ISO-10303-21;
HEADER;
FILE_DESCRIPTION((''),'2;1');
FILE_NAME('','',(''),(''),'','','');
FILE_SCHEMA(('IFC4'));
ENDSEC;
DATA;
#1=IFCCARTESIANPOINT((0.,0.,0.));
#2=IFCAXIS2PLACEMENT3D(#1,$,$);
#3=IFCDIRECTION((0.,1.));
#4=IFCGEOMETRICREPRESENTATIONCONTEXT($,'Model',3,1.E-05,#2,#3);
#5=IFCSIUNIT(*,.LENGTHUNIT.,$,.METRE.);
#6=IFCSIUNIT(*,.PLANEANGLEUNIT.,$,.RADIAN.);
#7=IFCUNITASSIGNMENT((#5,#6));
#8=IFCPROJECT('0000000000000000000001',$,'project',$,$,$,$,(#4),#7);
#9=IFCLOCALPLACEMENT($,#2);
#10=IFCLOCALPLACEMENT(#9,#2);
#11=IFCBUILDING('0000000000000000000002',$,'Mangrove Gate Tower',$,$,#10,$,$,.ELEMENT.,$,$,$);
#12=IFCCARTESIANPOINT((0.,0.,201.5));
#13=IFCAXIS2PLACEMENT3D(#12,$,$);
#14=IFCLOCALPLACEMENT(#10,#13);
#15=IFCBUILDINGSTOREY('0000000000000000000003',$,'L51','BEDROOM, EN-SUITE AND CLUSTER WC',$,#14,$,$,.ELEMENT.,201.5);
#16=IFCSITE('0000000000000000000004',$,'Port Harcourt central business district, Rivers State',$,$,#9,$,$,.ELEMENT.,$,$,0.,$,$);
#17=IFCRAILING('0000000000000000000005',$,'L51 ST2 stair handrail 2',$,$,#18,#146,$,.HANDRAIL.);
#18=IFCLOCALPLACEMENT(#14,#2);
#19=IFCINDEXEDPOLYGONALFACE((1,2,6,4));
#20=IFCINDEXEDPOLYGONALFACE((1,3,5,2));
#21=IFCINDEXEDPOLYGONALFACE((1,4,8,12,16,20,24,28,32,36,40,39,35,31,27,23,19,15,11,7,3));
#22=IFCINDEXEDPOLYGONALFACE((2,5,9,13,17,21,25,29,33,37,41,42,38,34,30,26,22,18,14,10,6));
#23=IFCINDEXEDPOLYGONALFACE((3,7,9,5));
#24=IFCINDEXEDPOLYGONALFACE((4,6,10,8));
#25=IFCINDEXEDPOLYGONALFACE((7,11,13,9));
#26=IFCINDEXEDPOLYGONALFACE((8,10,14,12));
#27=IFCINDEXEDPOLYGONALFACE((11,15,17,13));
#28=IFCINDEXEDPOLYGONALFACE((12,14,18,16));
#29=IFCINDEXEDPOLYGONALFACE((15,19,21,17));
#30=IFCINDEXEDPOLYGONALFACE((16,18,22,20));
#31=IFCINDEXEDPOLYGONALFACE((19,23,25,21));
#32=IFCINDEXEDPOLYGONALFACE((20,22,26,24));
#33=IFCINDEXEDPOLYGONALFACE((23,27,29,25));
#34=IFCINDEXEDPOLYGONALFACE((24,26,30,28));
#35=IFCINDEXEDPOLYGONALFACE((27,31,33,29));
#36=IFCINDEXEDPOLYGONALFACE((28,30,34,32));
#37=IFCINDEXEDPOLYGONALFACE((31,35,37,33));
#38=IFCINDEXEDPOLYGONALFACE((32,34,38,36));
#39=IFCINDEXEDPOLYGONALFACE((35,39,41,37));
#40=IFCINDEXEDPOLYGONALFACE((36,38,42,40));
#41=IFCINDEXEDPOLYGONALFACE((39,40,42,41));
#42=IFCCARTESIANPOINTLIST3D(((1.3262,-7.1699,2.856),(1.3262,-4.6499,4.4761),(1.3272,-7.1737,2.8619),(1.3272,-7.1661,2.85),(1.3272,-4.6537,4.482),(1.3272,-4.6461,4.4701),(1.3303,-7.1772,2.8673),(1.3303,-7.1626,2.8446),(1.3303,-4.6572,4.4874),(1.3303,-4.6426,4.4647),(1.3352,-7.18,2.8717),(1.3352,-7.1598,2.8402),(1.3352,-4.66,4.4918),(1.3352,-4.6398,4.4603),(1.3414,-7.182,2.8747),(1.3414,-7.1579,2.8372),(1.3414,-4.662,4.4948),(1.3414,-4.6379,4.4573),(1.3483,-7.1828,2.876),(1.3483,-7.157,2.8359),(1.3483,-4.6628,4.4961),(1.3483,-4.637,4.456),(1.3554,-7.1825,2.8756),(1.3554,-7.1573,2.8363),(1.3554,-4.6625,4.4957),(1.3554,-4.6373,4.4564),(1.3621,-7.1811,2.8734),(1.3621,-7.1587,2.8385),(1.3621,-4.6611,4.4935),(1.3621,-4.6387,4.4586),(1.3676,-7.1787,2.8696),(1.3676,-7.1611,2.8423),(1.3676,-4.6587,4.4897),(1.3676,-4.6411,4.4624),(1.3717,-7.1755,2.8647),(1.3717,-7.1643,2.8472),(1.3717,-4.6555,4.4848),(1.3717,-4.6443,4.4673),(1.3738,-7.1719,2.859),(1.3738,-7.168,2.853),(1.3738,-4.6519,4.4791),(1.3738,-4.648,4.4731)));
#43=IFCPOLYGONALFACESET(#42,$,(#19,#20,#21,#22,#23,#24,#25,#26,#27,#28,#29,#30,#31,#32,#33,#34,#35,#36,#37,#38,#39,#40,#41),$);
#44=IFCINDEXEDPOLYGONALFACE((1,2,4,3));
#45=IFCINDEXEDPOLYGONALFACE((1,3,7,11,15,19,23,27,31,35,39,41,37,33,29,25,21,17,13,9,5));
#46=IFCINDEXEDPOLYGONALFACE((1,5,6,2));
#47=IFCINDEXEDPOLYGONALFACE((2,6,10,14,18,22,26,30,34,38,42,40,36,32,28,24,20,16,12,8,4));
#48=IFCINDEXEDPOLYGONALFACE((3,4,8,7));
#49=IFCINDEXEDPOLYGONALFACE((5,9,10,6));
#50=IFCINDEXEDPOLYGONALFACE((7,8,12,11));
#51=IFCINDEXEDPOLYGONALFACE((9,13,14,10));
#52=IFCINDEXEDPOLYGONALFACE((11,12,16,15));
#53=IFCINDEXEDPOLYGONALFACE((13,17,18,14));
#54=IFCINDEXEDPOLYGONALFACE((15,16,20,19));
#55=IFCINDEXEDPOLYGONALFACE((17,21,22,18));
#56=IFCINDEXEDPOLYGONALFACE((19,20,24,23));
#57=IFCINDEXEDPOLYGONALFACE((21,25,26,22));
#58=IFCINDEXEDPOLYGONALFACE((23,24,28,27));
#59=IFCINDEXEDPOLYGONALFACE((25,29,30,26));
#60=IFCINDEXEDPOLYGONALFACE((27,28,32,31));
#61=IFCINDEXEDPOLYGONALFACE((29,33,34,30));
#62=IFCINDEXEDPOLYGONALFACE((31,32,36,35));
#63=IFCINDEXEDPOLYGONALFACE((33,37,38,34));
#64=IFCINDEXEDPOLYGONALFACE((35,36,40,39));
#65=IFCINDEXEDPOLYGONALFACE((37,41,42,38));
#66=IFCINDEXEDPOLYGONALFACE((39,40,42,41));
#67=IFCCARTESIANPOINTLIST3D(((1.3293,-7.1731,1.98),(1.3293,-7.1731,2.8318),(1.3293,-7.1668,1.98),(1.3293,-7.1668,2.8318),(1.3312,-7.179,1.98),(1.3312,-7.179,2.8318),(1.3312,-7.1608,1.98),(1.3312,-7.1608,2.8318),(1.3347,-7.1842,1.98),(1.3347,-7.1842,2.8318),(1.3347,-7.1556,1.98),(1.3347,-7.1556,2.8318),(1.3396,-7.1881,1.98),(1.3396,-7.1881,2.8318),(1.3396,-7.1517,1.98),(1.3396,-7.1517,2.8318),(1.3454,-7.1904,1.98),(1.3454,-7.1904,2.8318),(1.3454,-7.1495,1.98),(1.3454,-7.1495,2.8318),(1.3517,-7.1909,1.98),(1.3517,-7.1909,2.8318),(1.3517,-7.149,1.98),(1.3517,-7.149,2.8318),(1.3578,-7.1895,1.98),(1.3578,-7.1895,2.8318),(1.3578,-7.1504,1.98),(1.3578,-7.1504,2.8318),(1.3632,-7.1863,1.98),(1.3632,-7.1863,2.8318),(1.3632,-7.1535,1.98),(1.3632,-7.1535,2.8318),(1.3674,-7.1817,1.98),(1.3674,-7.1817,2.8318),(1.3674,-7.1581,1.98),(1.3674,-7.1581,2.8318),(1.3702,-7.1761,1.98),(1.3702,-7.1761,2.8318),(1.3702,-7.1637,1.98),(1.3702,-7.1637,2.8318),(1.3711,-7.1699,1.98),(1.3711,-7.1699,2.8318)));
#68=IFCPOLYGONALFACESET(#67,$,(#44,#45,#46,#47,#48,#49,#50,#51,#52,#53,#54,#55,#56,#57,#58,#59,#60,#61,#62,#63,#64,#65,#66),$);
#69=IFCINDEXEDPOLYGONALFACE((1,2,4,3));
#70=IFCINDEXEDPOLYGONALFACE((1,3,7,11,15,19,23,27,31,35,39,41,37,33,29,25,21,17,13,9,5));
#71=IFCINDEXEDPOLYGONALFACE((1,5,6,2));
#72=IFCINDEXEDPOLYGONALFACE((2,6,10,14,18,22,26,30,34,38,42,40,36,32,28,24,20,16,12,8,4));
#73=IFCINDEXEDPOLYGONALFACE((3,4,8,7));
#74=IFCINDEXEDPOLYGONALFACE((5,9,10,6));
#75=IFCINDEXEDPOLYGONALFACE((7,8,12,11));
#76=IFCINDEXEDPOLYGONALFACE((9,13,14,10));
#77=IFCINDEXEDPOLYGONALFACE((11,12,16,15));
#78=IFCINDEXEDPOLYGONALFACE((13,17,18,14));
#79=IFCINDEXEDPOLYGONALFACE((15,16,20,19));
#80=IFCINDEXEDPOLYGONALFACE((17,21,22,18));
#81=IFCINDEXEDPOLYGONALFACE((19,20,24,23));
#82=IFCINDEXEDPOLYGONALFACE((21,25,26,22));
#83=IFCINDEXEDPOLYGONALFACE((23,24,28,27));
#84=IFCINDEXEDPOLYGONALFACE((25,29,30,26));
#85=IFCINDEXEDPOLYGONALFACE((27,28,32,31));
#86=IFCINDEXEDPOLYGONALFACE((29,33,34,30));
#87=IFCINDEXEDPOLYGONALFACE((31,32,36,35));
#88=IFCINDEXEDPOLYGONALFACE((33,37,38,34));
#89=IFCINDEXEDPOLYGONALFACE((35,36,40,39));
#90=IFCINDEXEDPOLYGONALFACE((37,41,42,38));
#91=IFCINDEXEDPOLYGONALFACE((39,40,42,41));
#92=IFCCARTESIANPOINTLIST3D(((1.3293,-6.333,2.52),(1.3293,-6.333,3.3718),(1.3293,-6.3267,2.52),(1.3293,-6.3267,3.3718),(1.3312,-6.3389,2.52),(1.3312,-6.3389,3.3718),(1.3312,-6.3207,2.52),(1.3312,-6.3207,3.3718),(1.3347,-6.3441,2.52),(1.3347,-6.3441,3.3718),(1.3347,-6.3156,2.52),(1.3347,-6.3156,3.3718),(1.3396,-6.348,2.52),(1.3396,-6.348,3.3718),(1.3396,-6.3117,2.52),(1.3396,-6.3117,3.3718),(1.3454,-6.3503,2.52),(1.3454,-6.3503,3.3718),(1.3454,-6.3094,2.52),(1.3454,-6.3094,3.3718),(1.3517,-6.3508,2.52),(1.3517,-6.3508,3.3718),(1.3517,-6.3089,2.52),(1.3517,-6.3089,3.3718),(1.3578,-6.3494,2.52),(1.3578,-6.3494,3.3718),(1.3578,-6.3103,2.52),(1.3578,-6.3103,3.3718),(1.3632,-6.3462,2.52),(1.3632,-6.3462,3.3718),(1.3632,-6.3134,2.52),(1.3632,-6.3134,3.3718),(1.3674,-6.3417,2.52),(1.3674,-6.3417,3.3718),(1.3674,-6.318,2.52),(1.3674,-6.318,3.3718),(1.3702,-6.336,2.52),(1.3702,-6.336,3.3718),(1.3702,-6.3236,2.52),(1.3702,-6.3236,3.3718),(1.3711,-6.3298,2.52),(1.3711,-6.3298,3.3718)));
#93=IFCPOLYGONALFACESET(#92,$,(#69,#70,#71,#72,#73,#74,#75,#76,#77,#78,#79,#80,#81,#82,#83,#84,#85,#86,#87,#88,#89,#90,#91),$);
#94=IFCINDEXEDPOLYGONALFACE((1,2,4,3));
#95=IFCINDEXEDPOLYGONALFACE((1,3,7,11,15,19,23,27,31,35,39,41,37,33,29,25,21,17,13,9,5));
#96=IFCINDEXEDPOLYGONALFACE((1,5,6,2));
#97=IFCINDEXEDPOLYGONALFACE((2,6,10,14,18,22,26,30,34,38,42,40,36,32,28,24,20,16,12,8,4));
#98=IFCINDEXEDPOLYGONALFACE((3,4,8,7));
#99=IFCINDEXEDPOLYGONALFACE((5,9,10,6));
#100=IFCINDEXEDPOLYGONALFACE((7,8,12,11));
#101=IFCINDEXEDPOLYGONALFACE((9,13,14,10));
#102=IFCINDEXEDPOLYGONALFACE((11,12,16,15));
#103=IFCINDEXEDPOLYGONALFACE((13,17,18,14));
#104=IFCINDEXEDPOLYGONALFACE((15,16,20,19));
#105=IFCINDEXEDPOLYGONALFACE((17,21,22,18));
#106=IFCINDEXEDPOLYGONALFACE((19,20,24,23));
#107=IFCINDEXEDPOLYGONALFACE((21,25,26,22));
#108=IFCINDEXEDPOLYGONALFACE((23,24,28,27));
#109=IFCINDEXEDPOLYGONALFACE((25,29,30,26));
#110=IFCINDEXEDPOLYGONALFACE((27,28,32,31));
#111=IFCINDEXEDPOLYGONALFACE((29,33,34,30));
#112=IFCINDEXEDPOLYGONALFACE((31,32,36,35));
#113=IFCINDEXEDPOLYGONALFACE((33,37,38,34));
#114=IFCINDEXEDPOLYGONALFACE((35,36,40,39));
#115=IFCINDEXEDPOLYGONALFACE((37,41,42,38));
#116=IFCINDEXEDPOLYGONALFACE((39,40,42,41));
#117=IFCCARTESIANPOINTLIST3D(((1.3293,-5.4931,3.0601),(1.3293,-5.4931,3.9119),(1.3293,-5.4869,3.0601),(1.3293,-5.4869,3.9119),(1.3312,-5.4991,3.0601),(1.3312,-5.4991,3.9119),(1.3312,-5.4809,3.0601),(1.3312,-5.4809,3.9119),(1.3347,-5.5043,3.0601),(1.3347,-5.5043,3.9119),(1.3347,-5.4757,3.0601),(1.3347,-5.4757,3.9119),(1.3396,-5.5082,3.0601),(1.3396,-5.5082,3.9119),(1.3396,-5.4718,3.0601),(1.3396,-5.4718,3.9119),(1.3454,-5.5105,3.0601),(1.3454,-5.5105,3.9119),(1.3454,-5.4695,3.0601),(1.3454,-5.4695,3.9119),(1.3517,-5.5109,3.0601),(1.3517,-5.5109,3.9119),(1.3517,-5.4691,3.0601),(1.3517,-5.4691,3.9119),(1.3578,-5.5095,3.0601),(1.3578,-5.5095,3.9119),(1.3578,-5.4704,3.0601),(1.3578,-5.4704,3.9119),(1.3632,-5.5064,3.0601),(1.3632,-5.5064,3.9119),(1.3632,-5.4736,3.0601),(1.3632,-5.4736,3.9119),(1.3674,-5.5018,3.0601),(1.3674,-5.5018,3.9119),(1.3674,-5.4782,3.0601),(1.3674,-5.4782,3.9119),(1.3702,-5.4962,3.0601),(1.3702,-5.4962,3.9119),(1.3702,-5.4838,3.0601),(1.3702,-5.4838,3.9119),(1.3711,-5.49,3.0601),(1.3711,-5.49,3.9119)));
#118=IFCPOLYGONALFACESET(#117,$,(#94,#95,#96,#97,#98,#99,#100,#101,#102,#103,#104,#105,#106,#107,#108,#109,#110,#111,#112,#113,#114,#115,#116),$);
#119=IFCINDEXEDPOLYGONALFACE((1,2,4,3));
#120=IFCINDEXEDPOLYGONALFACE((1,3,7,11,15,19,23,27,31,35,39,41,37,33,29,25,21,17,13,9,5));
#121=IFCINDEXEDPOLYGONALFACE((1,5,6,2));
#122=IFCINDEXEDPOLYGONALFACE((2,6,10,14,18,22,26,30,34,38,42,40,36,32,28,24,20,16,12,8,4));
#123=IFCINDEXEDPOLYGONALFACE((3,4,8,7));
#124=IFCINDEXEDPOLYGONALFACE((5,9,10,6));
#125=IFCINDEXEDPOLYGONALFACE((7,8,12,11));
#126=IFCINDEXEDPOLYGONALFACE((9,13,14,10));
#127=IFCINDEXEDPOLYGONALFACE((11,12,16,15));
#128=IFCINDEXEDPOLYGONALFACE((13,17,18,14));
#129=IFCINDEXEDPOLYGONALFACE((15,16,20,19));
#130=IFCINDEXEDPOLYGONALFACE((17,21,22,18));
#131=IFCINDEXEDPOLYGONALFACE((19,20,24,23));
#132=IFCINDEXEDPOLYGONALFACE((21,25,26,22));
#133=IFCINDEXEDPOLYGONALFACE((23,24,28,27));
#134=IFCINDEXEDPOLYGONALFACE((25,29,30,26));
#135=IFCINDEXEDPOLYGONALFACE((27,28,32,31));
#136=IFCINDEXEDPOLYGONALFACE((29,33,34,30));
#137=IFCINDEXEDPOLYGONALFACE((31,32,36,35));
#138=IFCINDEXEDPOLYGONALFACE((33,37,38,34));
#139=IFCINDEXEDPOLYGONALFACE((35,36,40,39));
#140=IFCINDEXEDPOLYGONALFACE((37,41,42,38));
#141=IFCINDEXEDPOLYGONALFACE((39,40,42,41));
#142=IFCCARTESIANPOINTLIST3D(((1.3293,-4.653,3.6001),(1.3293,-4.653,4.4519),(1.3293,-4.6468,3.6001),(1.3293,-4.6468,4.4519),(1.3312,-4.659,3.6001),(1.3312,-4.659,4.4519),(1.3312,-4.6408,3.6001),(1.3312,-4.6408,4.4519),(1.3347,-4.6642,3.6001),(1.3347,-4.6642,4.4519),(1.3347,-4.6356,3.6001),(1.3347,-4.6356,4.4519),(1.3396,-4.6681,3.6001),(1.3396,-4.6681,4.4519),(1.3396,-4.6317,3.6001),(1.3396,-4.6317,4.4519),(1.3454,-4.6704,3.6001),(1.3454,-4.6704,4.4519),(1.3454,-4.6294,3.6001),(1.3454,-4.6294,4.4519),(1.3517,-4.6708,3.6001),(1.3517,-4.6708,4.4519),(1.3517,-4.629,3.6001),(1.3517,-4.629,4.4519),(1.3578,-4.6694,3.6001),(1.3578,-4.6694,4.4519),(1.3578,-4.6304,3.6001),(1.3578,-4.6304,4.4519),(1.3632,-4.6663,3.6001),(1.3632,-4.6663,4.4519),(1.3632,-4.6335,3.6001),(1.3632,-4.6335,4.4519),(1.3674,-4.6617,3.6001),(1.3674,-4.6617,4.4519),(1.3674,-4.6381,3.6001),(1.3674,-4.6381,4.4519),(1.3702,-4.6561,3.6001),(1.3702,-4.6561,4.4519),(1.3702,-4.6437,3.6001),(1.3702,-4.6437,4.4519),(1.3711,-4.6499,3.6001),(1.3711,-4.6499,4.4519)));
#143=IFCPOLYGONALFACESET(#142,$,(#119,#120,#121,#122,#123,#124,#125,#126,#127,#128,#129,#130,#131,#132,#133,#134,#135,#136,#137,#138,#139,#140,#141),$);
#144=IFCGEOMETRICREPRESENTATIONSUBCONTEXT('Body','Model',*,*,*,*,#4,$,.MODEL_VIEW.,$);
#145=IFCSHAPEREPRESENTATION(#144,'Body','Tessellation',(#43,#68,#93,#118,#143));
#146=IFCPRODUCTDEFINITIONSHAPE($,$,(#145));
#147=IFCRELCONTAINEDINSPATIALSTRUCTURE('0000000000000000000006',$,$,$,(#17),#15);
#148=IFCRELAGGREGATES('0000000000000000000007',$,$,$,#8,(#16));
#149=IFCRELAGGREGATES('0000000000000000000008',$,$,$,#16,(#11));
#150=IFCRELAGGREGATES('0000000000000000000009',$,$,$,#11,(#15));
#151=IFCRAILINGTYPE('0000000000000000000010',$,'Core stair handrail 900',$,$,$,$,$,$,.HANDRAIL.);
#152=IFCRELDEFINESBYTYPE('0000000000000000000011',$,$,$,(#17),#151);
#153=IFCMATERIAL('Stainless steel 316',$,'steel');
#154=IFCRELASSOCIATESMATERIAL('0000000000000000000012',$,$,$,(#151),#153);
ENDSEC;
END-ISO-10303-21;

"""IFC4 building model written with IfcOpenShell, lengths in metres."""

from ifc_helpers import new_model, si_unit, direction, frame, origin, origin_2d, place, context, subcontext, project, spatial, circle, extrude, material, type_object, element, save


model = new_model("IFC4")

# Units and contexts
model_context = context("Model", 3, precision=1e-05, world=origin(), true_north=direction((0.0, 1.0)))
body_context = subcontext(model_context, "Body", "Model", "MODEL_VIEW")
ifc_project = project(units=[si_unit("LENGTHUNIT", "METRE"), si_unit("PLANEANGLEUNIT", "RADIAN")], contexts=[model_context])

# Site, building, storey
site_placement = place(None, origin())
site = spatial("IfcSite", under=ifc_project, at=site_placement, Name="Port Harcourt central business district, Rivers State", CompositionType="ELEMENT", RefElevation=0.0)
building_placement = place(site_placement, origin())
building = spatial("IfcBuilding", under=site, at=building_placement, Name="Mangrove Gate Tower", CompositionType="ELEMENT")
storey_placement = place(building_placement, frame((0.0, 0.0, 201.5)))
storey = spatial("IfcBuildingStorey", under=building, at=storey_placement, Name="L51", Description="BEDROOM, EN-SUITE AND CLUSTER WC", CompositionType="ELEMENT", Elevation=201.5)

# Railing
ifc_material_1 = material(Name="Stainless steel 316", Category="steel")
railing_type_1 = type_object("IfcRailingType", Name="Core stair handrail 900", PredefinedType="HANDRAIL", material=ifc_material_1)
railing_1_placement = place(storey_placement, frame((1.3501, -7.1699, 1.98)))
element("IfcRailing", 1, at=railing_1_placement, inside=storey, type_object=railing_type_1, Name="L51 ST2 stair handrail 2", PredefinedType="HANDRAIL", context=body_context, shape_type="SweptSolid", body=[
    extrude(circle(Radius=0.0239, at=origin_2d()), frame((0.0, 0.0, 0.876), z_axis=(0.0, 0.841163, 0.540782), x_axis=(-1.0, 0.0, 0.0)), (0.0, 0.0, 1.0), 2.9958),
    extrude(circle(Radius=0.021, at=origin_2d()), origin(), (0.0, 0.0, 1.0), 0.8518),
    extrude(circle(Radius=0.021, at=origin_2d()), frame((0.0, 0.8401, 0.54)), (0.0, 0.0, 1.0), 0.8518),
    extrude(circle(Radius=0.021, at=origin_2d()), frame((0.0, 1.6799, 1.0801)), (0.0, 0.0, 1.0), 0.8518),
    extrude(circle(Radius=0.021, at=origin_2d()), frame((0.0, 2.52, 1.6201)), (0.0, 0.0, 1.0), 0.8518),
])

save(model, "model.ifc")
